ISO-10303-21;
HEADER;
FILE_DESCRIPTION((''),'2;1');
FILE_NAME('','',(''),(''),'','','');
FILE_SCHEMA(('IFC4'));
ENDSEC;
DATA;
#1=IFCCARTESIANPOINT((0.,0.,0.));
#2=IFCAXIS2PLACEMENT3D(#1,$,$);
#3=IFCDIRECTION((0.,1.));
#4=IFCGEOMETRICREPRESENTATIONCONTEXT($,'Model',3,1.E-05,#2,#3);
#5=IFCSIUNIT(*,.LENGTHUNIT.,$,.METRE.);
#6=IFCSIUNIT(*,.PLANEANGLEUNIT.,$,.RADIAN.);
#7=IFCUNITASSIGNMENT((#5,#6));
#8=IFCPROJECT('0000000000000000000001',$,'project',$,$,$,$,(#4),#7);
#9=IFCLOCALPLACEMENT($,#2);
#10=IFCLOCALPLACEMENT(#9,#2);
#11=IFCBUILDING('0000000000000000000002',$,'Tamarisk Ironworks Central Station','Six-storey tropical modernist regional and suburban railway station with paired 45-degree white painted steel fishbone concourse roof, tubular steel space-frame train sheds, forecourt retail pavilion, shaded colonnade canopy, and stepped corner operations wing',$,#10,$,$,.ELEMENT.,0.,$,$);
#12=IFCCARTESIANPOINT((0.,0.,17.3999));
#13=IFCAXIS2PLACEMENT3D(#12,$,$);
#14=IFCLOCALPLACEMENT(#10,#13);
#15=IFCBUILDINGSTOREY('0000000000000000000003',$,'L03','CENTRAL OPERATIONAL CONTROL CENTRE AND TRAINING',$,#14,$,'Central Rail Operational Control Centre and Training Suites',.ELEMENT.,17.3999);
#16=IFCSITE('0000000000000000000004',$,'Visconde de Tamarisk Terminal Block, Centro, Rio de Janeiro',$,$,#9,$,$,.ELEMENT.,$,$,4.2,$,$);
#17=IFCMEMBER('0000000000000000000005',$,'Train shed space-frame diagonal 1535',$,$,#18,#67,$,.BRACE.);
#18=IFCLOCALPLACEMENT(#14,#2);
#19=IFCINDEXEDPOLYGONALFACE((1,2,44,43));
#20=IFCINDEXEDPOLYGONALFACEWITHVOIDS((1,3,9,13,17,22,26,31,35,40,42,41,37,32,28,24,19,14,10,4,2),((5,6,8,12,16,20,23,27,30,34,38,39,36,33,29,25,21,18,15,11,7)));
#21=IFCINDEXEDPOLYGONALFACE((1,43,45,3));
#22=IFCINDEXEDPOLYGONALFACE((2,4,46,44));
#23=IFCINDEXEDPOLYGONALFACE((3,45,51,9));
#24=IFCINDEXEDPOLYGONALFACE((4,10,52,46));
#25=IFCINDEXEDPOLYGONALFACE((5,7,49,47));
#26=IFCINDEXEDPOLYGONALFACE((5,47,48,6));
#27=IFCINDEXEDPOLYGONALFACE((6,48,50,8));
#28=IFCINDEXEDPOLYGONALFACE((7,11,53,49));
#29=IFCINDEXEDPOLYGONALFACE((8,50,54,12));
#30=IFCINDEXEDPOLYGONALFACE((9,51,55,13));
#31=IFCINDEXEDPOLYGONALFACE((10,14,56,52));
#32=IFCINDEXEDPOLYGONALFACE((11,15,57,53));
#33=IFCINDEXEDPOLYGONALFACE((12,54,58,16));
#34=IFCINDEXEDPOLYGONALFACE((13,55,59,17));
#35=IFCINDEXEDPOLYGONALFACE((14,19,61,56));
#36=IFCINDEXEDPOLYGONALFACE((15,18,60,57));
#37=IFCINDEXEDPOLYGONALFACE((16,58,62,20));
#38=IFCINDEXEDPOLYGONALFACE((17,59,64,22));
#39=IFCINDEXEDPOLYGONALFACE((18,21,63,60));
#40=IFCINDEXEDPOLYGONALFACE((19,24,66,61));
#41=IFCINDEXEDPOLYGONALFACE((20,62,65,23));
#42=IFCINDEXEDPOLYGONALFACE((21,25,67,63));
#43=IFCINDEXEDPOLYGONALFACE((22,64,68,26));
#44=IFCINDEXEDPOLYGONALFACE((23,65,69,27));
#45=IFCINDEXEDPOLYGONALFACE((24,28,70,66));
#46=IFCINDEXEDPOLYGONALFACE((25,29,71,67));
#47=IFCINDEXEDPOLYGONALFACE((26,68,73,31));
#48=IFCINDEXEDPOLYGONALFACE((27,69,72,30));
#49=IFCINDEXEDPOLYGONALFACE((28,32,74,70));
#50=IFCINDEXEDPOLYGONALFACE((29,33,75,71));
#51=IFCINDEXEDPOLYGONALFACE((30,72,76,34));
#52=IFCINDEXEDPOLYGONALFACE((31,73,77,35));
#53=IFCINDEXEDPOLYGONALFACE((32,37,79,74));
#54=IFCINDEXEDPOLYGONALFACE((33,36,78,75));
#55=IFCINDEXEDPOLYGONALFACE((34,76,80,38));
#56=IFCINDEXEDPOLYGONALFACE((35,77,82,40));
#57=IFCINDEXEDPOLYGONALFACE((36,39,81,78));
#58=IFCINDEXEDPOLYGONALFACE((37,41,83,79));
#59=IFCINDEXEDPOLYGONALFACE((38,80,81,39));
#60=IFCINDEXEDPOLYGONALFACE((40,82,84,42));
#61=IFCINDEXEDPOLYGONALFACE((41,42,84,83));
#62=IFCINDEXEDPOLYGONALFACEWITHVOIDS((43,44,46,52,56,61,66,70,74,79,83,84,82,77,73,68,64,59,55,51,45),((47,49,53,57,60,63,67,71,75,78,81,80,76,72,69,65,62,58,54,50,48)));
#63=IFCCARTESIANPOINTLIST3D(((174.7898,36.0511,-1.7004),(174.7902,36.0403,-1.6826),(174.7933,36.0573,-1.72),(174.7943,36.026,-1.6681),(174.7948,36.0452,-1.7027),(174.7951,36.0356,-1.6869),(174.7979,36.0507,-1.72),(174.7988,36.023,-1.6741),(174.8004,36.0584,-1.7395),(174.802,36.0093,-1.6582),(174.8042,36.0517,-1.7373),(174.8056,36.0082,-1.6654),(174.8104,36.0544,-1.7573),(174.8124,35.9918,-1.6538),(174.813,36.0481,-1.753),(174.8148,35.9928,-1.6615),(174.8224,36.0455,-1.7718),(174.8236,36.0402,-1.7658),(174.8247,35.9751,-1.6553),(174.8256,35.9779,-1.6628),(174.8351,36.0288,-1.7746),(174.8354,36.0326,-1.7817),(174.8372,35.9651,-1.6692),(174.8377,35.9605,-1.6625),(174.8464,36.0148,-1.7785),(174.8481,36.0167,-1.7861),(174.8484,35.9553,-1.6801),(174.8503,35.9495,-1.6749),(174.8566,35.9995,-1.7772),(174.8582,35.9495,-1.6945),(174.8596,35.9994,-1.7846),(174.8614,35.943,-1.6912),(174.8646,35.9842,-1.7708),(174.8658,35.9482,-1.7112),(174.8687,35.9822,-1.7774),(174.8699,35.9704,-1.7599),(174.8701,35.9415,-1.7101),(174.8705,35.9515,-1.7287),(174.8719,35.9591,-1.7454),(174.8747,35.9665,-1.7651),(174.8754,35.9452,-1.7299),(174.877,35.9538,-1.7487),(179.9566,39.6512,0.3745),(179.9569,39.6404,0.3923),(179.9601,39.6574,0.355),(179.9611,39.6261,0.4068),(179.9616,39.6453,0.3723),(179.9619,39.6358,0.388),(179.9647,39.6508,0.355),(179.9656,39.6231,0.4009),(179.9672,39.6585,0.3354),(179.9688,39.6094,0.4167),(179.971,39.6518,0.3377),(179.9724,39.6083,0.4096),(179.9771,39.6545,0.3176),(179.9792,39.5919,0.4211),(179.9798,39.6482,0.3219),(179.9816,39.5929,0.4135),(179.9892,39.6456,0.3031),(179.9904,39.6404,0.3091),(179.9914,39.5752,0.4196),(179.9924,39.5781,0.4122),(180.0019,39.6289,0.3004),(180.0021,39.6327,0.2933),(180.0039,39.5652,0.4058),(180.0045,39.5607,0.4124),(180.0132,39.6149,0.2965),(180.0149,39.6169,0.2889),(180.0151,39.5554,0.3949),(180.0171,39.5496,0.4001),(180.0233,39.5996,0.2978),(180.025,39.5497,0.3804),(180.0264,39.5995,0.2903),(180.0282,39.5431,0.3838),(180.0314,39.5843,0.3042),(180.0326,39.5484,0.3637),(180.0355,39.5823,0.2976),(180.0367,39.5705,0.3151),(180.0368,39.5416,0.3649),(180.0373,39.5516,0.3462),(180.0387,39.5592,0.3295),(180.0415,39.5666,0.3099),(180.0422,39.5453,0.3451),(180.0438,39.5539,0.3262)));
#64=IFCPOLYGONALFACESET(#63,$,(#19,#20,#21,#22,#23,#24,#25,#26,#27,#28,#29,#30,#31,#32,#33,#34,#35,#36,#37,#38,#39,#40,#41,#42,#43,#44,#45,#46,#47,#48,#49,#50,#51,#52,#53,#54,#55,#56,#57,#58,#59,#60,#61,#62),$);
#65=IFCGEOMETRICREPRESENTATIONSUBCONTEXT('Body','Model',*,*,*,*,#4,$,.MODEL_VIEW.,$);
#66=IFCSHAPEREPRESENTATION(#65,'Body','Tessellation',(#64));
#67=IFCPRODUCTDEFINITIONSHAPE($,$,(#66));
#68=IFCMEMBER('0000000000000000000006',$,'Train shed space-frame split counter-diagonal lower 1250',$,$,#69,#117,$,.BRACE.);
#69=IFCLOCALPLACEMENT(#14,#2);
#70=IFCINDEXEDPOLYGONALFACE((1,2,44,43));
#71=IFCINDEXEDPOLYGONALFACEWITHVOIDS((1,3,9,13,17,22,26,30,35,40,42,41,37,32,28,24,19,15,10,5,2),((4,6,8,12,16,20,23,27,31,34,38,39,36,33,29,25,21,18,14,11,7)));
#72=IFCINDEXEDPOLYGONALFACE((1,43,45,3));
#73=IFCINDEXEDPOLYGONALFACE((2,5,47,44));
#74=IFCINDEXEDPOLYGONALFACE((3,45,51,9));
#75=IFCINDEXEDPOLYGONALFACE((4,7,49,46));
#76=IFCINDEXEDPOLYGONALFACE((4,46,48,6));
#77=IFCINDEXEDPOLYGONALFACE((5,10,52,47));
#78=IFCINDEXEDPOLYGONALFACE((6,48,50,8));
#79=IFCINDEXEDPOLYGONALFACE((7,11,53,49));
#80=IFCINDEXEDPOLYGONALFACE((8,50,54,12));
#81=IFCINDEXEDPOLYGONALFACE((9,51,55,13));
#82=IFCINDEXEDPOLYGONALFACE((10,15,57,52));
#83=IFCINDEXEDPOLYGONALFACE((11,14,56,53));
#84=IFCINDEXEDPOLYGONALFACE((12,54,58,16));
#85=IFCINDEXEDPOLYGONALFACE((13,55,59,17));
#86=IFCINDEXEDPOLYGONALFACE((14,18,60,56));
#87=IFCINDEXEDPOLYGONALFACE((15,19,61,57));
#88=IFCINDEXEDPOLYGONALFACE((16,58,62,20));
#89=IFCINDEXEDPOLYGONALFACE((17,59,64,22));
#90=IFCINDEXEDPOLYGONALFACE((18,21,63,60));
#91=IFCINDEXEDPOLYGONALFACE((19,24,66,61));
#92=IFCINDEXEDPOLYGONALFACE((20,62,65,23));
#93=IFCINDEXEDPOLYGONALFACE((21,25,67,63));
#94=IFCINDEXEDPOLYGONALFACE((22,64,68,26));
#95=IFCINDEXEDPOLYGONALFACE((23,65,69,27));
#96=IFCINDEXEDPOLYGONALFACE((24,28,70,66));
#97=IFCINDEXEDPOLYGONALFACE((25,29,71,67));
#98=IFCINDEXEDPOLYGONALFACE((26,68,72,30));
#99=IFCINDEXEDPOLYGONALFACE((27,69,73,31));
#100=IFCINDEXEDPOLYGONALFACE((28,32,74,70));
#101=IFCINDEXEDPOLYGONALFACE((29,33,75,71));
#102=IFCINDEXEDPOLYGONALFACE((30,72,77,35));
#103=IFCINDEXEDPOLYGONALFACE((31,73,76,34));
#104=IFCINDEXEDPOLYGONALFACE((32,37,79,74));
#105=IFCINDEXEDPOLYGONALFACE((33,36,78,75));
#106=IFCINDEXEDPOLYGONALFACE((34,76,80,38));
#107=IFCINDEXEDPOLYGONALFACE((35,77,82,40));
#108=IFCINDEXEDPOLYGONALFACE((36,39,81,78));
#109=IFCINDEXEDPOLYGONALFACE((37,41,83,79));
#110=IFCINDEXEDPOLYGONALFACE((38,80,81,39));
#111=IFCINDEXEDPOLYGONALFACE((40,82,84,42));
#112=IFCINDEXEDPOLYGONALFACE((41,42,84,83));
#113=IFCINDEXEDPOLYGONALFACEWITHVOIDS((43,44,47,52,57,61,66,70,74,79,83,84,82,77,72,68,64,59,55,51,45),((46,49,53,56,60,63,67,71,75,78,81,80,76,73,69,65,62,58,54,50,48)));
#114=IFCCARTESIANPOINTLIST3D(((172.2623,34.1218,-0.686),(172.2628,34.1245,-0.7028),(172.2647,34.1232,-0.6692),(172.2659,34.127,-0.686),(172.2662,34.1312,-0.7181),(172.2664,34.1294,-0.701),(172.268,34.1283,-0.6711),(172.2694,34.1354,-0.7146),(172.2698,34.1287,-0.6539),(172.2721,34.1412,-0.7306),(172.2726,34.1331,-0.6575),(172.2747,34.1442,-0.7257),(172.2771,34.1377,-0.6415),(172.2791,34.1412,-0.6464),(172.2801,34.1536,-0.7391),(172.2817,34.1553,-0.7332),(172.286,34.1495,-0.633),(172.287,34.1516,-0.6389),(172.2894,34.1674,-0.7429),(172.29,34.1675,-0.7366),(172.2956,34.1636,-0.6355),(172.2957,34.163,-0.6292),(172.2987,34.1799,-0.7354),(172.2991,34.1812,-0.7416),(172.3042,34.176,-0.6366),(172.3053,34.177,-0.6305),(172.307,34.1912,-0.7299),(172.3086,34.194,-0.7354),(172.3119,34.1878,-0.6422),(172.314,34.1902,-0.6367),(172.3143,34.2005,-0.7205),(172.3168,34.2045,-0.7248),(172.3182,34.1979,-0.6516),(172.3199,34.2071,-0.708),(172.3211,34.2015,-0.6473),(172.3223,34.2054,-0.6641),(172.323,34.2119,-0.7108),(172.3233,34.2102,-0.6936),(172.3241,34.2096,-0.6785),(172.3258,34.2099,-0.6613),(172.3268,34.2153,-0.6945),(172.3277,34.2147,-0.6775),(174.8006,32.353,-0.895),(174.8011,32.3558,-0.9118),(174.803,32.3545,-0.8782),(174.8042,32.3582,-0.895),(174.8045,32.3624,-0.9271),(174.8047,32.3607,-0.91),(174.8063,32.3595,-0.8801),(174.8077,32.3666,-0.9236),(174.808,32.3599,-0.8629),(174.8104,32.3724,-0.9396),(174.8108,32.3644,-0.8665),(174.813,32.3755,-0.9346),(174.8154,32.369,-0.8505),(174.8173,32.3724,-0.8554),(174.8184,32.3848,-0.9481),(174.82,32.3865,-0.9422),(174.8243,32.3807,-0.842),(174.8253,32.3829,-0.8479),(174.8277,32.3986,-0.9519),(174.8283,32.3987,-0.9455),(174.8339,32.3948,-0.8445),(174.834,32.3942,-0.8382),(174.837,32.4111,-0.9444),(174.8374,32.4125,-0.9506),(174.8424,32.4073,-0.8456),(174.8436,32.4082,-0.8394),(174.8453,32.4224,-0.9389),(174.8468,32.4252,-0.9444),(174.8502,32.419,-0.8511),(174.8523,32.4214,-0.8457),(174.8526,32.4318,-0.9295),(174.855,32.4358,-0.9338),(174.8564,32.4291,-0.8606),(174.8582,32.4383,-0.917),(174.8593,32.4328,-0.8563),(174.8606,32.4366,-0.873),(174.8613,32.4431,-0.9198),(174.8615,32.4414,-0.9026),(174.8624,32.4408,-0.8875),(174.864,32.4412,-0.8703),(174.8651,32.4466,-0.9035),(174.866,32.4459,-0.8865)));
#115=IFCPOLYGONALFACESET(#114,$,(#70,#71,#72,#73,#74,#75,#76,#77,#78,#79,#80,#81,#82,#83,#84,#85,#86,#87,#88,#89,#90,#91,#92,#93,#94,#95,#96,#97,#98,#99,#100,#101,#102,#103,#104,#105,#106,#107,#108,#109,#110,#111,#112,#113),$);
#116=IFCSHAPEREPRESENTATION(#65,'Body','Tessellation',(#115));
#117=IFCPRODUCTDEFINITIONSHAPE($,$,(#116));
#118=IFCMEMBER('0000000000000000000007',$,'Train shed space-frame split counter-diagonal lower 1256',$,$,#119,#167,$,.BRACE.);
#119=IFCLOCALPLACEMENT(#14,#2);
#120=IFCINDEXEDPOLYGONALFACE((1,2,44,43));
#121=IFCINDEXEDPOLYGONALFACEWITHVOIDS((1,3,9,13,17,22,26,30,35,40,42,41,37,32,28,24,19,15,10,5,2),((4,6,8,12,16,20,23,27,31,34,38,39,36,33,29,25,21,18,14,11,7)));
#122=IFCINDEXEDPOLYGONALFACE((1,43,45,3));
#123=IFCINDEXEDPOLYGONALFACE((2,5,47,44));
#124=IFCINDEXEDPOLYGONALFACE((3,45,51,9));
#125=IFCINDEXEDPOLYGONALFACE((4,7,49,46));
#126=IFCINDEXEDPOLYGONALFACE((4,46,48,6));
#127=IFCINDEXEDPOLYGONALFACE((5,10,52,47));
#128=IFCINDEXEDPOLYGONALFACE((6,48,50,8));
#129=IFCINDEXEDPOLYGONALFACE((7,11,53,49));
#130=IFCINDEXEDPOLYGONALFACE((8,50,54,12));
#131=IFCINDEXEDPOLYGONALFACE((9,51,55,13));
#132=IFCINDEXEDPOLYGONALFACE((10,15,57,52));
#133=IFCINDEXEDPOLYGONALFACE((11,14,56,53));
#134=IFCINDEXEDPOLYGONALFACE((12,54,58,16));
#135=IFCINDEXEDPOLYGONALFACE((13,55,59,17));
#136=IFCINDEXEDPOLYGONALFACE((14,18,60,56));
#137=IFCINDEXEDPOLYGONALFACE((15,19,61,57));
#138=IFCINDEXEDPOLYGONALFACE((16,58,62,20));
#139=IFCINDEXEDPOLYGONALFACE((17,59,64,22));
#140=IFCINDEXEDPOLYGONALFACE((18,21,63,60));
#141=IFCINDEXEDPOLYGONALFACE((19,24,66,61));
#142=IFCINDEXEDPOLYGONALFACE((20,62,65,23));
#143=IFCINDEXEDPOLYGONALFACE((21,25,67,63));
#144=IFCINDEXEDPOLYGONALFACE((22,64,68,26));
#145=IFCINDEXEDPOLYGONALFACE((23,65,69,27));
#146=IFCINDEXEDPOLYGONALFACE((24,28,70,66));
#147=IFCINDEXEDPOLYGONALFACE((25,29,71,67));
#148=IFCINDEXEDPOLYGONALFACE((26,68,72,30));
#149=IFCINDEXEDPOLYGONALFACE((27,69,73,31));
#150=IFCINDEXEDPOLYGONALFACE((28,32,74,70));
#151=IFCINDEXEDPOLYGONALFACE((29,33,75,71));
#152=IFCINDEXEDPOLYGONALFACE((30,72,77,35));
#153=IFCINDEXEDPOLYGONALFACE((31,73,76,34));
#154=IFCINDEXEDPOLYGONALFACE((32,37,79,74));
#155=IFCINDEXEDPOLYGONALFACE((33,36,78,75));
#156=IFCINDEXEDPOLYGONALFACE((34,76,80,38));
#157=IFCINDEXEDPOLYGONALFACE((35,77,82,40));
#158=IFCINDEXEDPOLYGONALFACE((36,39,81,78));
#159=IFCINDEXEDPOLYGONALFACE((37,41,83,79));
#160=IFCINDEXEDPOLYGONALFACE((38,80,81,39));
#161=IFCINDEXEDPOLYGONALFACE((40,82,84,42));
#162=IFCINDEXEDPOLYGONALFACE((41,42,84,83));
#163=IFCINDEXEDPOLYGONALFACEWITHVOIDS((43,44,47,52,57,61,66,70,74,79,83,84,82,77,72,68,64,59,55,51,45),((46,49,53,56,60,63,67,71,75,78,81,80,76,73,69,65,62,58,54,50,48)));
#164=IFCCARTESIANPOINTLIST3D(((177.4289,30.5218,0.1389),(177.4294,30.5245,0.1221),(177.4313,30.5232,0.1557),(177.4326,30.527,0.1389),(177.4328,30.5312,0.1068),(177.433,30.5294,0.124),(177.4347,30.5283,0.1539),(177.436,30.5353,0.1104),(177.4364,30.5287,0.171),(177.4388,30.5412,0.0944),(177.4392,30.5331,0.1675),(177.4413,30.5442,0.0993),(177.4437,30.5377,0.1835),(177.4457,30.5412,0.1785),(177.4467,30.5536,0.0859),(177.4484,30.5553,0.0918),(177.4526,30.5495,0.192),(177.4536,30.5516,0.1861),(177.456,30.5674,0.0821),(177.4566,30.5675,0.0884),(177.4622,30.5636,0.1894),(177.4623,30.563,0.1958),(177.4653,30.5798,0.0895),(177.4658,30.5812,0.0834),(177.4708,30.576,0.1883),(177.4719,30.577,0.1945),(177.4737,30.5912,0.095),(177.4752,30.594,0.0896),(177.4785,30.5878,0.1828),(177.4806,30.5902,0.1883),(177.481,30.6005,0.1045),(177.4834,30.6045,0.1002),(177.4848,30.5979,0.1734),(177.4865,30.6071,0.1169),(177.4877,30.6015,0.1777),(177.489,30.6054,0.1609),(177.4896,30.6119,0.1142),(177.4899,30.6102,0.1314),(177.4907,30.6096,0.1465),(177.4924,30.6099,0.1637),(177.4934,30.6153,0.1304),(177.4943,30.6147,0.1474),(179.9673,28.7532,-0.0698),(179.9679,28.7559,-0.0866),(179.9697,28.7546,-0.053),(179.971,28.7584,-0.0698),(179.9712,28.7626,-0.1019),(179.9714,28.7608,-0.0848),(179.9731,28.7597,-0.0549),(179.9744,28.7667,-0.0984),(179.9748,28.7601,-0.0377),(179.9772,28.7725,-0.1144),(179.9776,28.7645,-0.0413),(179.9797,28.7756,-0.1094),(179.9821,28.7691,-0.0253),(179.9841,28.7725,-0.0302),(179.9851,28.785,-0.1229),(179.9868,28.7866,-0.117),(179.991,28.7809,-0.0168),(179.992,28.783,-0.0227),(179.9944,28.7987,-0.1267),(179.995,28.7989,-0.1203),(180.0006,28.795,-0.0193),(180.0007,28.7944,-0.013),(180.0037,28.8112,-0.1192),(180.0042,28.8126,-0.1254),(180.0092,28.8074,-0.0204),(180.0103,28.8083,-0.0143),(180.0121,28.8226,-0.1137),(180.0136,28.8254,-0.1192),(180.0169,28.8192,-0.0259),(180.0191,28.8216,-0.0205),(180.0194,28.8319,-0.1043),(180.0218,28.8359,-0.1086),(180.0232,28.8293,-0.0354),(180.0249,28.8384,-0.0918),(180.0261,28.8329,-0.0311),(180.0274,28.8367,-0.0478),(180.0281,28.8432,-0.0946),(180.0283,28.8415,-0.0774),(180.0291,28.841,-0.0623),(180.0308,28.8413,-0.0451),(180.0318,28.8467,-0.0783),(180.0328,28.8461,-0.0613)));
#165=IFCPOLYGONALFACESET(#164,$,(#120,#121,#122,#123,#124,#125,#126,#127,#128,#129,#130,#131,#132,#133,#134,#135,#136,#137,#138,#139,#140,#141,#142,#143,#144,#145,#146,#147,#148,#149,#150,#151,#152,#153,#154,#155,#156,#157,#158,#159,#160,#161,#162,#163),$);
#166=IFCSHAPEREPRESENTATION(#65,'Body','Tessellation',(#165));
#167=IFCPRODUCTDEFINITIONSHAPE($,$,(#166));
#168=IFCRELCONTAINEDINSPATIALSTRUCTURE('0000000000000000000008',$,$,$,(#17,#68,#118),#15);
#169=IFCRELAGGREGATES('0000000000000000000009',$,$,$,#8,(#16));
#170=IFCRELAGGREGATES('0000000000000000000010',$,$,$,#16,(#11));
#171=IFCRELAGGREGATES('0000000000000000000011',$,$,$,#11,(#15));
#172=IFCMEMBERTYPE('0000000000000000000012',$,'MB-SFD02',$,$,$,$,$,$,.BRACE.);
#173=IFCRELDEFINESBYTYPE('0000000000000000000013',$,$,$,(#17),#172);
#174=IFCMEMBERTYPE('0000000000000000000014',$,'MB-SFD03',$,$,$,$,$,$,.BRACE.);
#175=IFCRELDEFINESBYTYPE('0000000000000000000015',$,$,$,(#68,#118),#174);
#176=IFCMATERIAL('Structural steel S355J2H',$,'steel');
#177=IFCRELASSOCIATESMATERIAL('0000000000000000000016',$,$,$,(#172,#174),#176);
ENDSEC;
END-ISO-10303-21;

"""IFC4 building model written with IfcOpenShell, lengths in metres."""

from ifc_helpers import new_model, si_unit, direction, frame, origin, origin_2d, place, context, subcontext, project, spatial, hollow_circle, extrude, material, material_profile, profile_set, type_object, element, save


model = new_model("IFC4")

# Units and contexts
model_context = context("Model", 3, precision=1e-05, world=origin(), true_north=direction((0.0, 1.0)))
body_context = subcontext(model_context, "Body", "Model", "MODEL_VIEW")
ifc_project = project(units=[si_unit("LENGTHUNIT", "METRE"), si_unit("PLANEANGLEUNIT", "RADIAN")], contexts=[model_context])

# Site, building, storey
site_placement = place(None, origin())
site = spatial("IfcSite", under=ifc_project, at=site_placement, Name="Visconde de Tamarisk Terminal Block, Centro, Rio de Janeiro", CompositionType="ELEMENT", RefElevation=4.2)
building_placement = place(site_placement, origin())
building = spatial("IfcBuilding", under=site, at=building_placement, Name="Tamarisk Ironworks Central Station", Description="Six-storey tropical modernist regional and suburban railway station with paired 45-degree white painted steel fishbone concourse roof, tubular steel space-frame train sheds, forecourt retail pavilion, shaded colonnade canopy, and stepped corner operations wing", CompositionType="ELEMENT", ElevationOfRefHeight=0.0)
storey_placement = place(building_placement, frame((0.0, 0.0, 17.3999)))
storey = spatial("IfcBuildingStorey", under=building, at=storey_placement, Name="L03", Description="CENTRAL OPERATIONAL CONTROL CENTRE AND TRAINING", LongName="Central Rail Operational Control Centre and Training Suites", CompositionType="ELEMENT", Elevation=17.3999)

# Members
ifc_material_1 = material(Name="Structural steel S355J2H", Category="steel")
ifc_material_profile_1 = material_profile(ifc_material_1, hollow_circle(Radius=0.0698, WallThickness=0.0081, at=origin_2d()), Name="CHS 139.7x8")
ifc_profile_set_1 = profile_set([ifc_material_profile_1], Name="Structural steel S355J2H")
member_type_1 = type_object("IfcMemberType", Name="MB-SFD02", PredefinedType="BRACE", material=ifc_profile_set_1)
member_1_placement = place(storey_placement, frame((174.8333, 36.0, -1.72), z_axis=(0.779258, 0.542973, 0.312948), x_axis=(-0.571689, 0.82047, 0.0)))
element("IfcMember", 1, at=member_1_placement, inside=storey, type_object=member_type_1, Name="Train shed space-frame diagonal 1535", PredefinedType="BRACE", context=body_context, shape_type="SweptSolid", body=[
    extrude(hollow_circle(Radius=0.0698, WallThickness=0.0081, at=origin_2d()), origin(), (0.0, 0.0, 1.0), 6.6304),
])
ifc_material_profile_2 = material_profile(ifc_material_1, hollow_circle(Radius=0.0571, WallThickness=0.0063, at=origin_2d()), Name="CHS 114.3x6.3")
ifc_profile_set_2 = profile_set([ifc_material_profile_2], Name="Structural steel S355J2H")
member_type_2 = type_object("IfcMemberType", Name="MB-SFD03", PredefinedType="BRACE", material=ifc_profile_set_2)
for number, where, z_axis, x_axis, name in (
    (2, (174.8333, 32.3999, -0.895), (-0.818584, 0.570419, 0.067395), (-0.571719, -0.82045, 0.0), "Train shed space-frame split counter-diagonal lower 1250"),
    (3, (180.0, 28.8, -0.0698), (-0.818625, 0.570369, 0.06732), (-0.571666, -0.820487, 0.0), "Train shed space-frame split counter-diagonal lower 1256"),
):
    element("IfcMember", number, at=place(storey_placement, frame(where, z_axis=z_axis, x_axis=x_axis)), inside=storey, type_object=member_type_2, Name=name, PredefinedType="BRACE", context=body_context, shape_type="SweptSolid", body=[
        extrude(hollow_circle(Radius=0.0571, WallThickness=0.0063, at=origin_2d()), origin(), (0.0, 0.0, 1.0), 3.1008),
    ])

save(model, "model.ifc")
